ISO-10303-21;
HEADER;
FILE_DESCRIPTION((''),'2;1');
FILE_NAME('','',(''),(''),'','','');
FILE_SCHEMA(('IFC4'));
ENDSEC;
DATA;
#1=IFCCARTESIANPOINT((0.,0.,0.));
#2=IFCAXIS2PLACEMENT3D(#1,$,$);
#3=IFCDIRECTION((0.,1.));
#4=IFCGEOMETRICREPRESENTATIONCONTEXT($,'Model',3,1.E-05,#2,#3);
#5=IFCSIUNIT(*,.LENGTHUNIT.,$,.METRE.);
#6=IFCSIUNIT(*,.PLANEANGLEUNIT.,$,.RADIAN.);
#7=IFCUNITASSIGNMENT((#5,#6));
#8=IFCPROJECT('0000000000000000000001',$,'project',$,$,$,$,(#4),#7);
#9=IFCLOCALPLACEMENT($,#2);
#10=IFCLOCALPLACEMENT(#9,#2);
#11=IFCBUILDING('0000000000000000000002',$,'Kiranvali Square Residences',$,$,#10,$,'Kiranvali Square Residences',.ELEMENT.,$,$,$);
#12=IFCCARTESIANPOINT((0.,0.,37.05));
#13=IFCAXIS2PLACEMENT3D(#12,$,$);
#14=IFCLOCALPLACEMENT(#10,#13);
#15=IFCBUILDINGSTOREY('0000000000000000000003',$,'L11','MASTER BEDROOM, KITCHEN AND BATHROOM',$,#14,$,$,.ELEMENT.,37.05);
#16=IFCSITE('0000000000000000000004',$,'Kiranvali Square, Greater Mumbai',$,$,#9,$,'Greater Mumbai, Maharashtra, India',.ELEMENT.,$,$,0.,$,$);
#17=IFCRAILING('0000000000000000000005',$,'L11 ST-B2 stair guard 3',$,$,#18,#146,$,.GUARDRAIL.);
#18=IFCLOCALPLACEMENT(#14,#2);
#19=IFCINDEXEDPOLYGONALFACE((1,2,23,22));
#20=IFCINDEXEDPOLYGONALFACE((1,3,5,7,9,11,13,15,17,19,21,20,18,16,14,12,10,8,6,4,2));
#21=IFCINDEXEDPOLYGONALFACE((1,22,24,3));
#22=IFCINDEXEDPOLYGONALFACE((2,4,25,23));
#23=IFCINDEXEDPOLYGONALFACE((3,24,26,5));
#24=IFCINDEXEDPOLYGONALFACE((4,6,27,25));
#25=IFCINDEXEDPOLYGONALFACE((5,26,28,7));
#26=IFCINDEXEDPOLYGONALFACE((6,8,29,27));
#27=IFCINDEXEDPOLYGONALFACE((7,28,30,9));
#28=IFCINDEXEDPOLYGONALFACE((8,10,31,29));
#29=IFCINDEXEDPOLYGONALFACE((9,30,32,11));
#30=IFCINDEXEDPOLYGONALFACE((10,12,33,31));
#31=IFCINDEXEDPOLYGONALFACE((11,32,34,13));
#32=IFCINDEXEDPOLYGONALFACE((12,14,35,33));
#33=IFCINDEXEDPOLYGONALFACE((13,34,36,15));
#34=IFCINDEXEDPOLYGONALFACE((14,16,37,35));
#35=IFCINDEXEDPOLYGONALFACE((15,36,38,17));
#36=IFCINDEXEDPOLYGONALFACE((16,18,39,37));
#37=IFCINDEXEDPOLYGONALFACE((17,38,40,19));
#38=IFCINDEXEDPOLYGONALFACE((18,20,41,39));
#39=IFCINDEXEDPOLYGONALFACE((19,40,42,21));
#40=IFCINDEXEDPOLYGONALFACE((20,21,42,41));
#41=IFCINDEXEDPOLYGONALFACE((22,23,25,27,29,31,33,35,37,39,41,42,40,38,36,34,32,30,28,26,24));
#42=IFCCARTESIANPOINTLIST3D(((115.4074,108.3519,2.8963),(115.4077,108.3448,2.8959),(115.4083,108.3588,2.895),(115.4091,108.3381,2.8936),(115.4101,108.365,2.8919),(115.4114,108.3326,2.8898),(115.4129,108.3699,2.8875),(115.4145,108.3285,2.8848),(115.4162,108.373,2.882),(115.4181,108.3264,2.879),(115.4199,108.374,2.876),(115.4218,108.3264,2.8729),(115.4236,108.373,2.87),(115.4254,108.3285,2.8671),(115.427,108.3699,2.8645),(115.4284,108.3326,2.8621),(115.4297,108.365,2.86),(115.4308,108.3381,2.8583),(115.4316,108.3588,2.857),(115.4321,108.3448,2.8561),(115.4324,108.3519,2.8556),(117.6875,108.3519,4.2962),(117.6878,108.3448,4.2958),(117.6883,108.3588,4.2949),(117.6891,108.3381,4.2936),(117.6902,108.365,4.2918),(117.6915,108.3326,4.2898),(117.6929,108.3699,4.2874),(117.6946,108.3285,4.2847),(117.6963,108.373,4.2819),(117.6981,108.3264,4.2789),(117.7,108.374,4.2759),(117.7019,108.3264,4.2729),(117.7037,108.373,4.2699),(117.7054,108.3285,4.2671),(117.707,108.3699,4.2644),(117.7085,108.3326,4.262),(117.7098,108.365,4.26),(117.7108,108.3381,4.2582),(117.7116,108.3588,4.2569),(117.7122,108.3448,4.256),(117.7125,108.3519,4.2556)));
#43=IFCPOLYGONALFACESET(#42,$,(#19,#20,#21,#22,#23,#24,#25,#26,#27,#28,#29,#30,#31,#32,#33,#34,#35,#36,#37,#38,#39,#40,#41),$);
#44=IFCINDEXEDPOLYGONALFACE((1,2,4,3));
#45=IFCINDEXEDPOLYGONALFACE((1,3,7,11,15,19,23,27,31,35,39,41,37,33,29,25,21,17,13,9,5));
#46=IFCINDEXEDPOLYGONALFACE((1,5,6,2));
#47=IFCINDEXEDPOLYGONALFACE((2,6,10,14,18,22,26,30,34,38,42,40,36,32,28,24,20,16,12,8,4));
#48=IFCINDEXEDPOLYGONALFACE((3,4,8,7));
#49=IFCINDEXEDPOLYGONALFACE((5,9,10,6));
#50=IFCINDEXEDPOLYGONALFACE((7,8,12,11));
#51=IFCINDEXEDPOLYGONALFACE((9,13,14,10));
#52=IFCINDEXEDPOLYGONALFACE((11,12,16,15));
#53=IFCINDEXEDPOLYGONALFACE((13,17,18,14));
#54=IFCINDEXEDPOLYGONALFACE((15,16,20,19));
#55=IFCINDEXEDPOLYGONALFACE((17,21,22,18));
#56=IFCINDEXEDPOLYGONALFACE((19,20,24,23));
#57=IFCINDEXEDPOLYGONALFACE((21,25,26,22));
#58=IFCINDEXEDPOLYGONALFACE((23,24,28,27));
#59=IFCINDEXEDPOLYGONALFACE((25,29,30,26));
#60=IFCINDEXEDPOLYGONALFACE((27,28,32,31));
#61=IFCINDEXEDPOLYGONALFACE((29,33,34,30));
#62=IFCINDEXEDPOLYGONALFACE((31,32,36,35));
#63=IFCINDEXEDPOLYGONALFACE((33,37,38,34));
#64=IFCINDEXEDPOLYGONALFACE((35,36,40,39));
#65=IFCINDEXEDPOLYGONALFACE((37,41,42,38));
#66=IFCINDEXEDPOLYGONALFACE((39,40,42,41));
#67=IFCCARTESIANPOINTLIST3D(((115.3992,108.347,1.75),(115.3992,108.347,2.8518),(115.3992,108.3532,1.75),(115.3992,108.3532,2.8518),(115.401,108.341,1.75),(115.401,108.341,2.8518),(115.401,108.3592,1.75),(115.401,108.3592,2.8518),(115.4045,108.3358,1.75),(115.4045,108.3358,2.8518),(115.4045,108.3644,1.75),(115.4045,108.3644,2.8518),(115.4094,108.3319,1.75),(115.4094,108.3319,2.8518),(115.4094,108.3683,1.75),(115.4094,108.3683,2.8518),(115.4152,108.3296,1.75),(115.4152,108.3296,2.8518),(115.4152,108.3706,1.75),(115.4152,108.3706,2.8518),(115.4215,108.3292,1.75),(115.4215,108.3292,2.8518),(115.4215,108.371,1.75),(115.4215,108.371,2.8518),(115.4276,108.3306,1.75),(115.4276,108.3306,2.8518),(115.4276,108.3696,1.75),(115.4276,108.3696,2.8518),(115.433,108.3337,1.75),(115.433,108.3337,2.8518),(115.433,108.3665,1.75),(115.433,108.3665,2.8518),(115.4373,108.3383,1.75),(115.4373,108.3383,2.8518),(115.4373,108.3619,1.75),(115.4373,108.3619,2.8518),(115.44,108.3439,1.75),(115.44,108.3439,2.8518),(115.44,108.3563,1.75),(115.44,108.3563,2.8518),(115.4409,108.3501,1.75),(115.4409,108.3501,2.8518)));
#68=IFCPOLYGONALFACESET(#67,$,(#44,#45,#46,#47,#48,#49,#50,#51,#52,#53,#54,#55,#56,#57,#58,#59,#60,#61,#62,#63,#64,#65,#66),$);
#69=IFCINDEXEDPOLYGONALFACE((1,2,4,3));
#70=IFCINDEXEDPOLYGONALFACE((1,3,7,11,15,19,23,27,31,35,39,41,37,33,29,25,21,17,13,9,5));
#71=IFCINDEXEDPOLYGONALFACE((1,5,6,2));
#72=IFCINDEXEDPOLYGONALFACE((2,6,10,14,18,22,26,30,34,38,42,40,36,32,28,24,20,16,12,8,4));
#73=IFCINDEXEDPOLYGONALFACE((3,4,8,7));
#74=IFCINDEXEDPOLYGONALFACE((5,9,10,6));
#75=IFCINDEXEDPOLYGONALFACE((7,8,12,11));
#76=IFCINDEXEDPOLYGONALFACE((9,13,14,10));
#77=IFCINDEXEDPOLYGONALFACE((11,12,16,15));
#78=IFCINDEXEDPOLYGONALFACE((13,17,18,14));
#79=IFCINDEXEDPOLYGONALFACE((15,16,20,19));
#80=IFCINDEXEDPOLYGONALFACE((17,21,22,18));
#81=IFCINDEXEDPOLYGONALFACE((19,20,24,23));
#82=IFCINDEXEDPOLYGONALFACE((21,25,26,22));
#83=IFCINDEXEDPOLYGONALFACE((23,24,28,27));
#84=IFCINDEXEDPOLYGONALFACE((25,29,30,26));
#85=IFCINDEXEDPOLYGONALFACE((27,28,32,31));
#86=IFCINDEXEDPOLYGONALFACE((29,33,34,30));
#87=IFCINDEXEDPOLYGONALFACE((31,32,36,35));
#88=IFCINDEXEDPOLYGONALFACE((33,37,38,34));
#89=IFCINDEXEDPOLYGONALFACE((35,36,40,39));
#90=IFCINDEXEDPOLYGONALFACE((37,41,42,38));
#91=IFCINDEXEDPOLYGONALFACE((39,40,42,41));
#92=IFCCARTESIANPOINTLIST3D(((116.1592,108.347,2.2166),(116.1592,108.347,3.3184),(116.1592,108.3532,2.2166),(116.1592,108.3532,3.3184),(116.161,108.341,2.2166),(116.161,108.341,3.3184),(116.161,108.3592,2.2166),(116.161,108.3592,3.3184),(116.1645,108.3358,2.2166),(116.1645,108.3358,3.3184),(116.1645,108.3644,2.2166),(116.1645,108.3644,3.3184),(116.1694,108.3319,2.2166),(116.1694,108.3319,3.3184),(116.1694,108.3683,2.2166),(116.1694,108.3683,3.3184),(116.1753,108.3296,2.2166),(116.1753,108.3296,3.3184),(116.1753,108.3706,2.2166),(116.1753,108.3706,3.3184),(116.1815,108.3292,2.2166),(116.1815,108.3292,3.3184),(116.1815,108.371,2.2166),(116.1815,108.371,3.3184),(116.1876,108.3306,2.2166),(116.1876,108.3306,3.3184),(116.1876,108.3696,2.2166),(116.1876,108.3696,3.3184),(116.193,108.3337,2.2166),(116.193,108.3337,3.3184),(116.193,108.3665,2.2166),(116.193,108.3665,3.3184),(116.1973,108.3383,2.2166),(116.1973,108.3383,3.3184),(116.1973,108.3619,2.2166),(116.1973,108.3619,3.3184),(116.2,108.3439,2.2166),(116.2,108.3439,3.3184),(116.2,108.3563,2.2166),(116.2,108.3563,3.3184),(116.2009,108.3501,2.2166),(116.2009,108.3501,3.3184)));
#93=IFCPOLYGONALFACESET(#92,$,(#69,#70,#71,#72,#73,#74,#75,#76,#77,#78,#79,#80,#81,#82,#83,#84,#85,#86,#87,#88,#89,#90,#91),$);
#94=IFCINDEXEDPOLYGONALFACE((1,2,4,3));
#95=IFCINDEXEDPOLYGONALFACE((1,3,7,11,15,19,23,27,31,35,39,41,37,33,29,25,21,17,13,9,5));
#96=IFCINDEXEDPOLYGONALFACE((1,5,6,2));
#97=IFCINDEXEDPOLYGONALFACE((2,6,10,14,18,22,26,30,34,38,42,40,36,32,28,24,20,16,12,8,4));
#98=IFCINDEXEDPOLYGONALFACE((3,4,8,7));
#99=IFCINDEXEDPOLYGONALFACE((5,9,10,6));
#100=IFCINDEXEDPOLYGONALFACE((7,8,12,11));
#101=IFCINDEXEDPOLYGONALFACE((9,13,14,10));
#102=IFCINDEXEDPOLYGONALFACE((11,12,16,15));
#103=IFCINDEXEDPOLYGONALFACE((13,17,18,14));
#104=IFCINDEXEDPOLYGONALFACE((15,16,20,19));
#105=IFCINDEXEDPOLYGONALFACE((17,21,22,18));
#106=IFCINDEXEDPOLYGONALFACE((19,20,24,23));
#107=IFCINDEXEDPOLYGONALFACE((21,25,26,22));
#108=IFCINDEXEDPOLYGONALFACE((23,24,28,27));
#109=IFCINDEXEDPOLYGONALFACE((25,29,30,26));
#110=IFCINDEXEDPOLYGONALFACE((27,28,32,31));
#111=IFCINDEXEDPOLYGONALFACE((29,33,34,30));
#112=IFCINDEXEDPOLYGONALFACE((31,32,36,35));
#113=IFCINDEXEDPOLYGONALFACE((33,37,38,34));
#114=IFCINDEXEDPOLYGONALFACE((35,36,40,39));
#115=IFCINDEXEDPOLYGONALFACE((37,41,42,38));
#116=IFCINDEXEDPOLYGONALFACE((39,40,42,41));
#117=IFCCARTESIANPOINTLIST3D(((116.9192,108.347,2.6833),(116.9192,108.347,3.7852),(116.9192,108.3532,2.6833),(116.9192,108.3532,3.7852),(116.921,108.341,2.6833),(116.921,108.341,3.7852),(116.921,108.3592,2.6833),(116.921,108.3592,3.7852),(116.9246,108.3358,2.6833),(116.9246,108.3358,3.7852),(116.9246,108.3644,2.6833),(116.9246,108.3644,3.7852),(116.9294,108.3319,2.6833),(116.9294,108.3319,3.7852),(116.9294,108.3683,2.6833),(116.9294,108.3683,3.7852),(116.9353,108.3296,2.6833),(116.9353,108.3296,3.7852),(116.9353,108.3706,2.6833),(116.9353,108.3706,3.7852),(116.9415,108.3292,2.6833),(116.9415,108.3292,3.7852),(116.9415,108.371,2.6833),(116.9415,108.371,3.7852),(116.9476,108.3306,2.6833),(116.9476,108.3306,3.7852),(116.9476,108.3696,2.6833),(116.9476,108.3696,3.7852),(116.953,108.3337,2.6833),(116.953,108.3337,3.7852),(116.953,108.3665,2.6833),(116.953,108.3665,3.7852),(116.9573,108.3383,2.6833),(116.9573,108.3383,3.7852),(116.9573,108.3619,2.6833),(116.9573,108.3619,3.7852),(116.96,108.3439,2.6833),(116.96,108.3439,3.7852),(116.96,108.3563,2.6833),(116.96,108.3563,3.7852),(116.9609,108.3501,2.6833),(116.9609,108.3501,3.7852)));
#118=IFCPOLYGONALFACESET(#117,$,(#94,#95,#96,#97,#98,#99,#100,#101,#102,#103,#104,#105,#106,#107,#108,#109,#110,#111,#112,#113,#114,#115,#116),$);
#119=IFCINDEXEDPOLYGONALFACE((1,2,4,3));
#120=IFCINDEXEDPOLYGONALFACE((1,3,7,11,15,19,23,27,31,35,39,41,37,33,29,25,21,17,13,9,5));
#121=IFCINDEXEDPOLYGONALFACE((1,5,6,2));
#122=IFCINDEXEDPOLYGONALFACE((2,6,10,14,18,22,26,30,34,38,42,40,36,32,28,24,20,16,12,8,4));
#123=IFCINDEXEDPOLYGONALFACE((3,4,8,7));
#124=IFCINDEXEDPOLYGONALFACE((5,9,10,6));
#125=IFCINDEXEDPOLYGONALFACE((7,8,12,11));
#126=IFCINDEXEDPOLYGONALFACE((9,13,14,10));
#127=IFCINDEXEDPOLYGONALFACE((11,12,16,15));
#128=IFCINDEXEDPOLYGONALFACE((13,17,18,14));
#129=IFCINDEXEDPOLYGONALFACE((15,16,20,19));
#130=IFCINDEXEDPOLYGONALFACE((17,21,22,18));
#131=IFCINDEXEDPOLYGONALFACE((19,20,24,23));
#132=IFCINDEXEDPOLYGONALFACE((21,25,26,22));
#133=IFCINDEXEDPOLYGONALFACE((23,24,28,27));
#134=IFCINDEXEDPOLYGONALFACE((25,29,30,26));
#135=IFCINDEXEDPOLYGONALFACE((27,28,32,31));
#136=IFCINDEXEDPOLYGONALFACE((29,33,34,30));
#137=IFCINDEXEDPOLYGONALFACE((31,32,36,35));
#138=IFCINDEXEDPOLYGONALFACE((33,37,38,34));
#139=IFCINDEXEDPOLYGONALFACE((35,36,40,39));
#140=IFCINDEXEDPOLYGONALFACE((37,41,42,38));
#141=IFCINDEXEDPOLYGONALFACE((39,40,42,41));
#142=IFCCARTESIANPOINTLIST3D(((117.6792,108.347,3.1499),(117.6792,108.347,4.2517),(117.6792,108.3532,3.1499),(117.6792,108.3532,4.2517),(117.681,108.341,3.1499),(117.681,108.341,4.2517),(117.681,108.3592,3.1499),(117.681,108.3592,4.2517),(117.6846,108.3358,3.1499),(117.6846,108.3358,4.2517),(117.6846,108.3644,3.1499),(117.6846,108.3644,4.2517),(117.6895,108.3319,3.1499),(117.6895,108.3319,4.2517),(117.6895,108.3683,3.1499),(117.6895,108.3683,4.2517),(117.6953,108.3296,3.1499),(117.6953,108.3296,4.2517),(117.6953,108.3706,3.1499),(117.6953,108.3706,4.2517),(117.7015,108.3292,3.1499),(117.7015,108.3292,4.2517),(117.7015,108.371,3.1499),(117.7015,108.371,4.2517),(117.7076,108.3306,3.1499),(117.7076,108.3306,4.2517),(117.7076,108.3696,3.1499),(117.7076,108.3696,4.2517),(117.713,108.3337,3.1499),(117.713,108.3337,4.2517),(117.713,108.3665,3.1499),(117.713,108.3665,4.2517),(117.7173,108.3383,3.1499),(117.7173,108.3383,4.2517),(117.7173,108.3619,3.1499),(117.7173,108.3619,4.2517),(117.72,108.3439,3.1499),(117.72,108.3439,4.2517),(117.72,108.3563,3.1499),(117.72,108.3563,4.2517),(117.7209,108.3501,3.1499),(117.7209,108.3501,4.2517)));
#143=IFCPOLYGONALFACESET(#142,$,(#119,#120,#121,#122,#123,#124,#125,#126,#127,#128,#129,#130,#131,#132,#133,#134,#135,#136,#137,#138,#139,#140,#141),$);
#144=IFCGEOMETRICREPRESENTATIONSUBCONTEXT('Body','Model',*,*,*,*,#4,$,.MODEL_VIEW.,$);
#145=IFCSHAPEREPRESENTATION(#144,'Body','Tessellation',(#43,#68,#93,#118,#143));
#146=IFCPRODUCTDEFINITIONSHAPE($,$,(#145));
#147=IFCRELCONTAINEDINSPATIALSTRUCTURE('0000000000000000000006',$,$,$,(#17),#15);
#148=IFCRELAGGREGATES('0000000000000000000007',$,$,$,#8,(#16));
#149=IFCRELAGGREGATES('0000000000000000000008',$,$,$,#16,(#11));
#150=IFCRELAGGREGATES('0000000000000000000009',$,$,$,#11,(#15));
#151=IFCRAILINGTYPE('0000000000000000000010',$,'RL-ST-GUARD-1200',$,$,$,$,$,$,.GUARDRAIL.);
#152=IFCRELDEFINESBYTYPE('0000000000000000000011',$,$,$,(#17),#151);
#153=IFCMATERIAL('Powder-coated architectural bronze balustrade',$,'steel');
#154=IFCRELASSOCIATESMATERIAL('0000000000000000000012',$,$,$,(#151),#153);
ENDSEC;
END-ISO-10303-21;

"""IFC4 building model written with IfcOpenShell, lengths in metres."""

from ifc_helpers import new_model, si_unit, direction, frame, origin, origin_2d, place, context, subcontext, project, spatial, circle, extrude, material, type_object, element, save


model = new_model("IFC4")

# Units and contexts
model_context = context("Model", 3, precision=1e-05, world=origin(), true_north=direction((0.0, 1.0)))
body_context = subcontext(model_context, "Body", "Model", "MODEL_VIEW")
ifc_project = project(units=[si_unit("LENGTHUNIT", "METRE"), si_unit("PLANEANGLEUNIT", "RADIAN")], contexts=[model_context])

# Site, building, storey
site_placement = place(None, origin())
site = spatial("IfcSite", under=ifc_project, at=site_placement, Name="Kiranvali Square, Greater Mumbai", LongName="Greater Mumbai, Maharashtra, India", CompositionType="ELEMENT", RefElevation=0.0)
building_placement = place(site_placement, origin())
building = spatial("IfcBuilding", under=site, at=building_placement, Name="Kiranvali Square Residences", LongName="Kiranvali Square Residences", CompositionType="ELEMENT")
storey_placement = place(building_placement, frame((0.0, 0.0, 37.05)))
storey = spatial("IfcBuildingStorey", under=building, at=storey_placement, Name="L11", Description="MASTER BEDROOM, KITCHEN AND BATHROOM", CompositionType="ELEMENT", Elevation=37.05)

# Railing
ifc_material_1 = material(Name="Powder-coated architectural bronze balustrade", Category="steel")
railing_type_1 = type_object("IfcRailingType", Name="RL-ST-GUARD-1200", PredefinedType="GUARDRAIL", material=ifc_material_1)
railing_1_placement = place(storey_placement, frame((115.4199, 108.3501, 1.75)))
element("IfcRailing", 1, at=railing_1_placement, inside=storey, type_object=railing_type_1, Name="L11 ST-B2 stair guard 3", PredefinedType="GUARDRAIL", context=body_context, shape_type="SweptSolid", body=[
    extrude(circle(Radius=0.0239, at=origin_2d()), frame((0.0, 0.0, 1.126), z_axis=(0.85219, 0.0, 0.523232), x_axis=(0.0, 1.0, 0.0)), (0.0, 0.0, 1.0), 2.6755),
    extrude(circle(Radius=0.021, at=origin_2d()), origin(), (0.0, 0.0, 1.0), 1.1018),
    extrude(circle(Radius=0.021, at=origin_2d()), frame((0.76, 0.0, 0.4666)), (0.0, 0.0, 1.0), 1.1018),
    extrude(circle(Radius=0.021, at=origin_2d()), frame((1.52, 0.0, 0.9333)), (0.0, 0.0, 1.0), 1.1018),
    extrude(circle(Radius=0.021, at=origin_2d()), frame((2.28, 0.0, 1.3999)), (0.0, 0.0, 1.0), 1.1018),
])

save(model, "model.ifc")
